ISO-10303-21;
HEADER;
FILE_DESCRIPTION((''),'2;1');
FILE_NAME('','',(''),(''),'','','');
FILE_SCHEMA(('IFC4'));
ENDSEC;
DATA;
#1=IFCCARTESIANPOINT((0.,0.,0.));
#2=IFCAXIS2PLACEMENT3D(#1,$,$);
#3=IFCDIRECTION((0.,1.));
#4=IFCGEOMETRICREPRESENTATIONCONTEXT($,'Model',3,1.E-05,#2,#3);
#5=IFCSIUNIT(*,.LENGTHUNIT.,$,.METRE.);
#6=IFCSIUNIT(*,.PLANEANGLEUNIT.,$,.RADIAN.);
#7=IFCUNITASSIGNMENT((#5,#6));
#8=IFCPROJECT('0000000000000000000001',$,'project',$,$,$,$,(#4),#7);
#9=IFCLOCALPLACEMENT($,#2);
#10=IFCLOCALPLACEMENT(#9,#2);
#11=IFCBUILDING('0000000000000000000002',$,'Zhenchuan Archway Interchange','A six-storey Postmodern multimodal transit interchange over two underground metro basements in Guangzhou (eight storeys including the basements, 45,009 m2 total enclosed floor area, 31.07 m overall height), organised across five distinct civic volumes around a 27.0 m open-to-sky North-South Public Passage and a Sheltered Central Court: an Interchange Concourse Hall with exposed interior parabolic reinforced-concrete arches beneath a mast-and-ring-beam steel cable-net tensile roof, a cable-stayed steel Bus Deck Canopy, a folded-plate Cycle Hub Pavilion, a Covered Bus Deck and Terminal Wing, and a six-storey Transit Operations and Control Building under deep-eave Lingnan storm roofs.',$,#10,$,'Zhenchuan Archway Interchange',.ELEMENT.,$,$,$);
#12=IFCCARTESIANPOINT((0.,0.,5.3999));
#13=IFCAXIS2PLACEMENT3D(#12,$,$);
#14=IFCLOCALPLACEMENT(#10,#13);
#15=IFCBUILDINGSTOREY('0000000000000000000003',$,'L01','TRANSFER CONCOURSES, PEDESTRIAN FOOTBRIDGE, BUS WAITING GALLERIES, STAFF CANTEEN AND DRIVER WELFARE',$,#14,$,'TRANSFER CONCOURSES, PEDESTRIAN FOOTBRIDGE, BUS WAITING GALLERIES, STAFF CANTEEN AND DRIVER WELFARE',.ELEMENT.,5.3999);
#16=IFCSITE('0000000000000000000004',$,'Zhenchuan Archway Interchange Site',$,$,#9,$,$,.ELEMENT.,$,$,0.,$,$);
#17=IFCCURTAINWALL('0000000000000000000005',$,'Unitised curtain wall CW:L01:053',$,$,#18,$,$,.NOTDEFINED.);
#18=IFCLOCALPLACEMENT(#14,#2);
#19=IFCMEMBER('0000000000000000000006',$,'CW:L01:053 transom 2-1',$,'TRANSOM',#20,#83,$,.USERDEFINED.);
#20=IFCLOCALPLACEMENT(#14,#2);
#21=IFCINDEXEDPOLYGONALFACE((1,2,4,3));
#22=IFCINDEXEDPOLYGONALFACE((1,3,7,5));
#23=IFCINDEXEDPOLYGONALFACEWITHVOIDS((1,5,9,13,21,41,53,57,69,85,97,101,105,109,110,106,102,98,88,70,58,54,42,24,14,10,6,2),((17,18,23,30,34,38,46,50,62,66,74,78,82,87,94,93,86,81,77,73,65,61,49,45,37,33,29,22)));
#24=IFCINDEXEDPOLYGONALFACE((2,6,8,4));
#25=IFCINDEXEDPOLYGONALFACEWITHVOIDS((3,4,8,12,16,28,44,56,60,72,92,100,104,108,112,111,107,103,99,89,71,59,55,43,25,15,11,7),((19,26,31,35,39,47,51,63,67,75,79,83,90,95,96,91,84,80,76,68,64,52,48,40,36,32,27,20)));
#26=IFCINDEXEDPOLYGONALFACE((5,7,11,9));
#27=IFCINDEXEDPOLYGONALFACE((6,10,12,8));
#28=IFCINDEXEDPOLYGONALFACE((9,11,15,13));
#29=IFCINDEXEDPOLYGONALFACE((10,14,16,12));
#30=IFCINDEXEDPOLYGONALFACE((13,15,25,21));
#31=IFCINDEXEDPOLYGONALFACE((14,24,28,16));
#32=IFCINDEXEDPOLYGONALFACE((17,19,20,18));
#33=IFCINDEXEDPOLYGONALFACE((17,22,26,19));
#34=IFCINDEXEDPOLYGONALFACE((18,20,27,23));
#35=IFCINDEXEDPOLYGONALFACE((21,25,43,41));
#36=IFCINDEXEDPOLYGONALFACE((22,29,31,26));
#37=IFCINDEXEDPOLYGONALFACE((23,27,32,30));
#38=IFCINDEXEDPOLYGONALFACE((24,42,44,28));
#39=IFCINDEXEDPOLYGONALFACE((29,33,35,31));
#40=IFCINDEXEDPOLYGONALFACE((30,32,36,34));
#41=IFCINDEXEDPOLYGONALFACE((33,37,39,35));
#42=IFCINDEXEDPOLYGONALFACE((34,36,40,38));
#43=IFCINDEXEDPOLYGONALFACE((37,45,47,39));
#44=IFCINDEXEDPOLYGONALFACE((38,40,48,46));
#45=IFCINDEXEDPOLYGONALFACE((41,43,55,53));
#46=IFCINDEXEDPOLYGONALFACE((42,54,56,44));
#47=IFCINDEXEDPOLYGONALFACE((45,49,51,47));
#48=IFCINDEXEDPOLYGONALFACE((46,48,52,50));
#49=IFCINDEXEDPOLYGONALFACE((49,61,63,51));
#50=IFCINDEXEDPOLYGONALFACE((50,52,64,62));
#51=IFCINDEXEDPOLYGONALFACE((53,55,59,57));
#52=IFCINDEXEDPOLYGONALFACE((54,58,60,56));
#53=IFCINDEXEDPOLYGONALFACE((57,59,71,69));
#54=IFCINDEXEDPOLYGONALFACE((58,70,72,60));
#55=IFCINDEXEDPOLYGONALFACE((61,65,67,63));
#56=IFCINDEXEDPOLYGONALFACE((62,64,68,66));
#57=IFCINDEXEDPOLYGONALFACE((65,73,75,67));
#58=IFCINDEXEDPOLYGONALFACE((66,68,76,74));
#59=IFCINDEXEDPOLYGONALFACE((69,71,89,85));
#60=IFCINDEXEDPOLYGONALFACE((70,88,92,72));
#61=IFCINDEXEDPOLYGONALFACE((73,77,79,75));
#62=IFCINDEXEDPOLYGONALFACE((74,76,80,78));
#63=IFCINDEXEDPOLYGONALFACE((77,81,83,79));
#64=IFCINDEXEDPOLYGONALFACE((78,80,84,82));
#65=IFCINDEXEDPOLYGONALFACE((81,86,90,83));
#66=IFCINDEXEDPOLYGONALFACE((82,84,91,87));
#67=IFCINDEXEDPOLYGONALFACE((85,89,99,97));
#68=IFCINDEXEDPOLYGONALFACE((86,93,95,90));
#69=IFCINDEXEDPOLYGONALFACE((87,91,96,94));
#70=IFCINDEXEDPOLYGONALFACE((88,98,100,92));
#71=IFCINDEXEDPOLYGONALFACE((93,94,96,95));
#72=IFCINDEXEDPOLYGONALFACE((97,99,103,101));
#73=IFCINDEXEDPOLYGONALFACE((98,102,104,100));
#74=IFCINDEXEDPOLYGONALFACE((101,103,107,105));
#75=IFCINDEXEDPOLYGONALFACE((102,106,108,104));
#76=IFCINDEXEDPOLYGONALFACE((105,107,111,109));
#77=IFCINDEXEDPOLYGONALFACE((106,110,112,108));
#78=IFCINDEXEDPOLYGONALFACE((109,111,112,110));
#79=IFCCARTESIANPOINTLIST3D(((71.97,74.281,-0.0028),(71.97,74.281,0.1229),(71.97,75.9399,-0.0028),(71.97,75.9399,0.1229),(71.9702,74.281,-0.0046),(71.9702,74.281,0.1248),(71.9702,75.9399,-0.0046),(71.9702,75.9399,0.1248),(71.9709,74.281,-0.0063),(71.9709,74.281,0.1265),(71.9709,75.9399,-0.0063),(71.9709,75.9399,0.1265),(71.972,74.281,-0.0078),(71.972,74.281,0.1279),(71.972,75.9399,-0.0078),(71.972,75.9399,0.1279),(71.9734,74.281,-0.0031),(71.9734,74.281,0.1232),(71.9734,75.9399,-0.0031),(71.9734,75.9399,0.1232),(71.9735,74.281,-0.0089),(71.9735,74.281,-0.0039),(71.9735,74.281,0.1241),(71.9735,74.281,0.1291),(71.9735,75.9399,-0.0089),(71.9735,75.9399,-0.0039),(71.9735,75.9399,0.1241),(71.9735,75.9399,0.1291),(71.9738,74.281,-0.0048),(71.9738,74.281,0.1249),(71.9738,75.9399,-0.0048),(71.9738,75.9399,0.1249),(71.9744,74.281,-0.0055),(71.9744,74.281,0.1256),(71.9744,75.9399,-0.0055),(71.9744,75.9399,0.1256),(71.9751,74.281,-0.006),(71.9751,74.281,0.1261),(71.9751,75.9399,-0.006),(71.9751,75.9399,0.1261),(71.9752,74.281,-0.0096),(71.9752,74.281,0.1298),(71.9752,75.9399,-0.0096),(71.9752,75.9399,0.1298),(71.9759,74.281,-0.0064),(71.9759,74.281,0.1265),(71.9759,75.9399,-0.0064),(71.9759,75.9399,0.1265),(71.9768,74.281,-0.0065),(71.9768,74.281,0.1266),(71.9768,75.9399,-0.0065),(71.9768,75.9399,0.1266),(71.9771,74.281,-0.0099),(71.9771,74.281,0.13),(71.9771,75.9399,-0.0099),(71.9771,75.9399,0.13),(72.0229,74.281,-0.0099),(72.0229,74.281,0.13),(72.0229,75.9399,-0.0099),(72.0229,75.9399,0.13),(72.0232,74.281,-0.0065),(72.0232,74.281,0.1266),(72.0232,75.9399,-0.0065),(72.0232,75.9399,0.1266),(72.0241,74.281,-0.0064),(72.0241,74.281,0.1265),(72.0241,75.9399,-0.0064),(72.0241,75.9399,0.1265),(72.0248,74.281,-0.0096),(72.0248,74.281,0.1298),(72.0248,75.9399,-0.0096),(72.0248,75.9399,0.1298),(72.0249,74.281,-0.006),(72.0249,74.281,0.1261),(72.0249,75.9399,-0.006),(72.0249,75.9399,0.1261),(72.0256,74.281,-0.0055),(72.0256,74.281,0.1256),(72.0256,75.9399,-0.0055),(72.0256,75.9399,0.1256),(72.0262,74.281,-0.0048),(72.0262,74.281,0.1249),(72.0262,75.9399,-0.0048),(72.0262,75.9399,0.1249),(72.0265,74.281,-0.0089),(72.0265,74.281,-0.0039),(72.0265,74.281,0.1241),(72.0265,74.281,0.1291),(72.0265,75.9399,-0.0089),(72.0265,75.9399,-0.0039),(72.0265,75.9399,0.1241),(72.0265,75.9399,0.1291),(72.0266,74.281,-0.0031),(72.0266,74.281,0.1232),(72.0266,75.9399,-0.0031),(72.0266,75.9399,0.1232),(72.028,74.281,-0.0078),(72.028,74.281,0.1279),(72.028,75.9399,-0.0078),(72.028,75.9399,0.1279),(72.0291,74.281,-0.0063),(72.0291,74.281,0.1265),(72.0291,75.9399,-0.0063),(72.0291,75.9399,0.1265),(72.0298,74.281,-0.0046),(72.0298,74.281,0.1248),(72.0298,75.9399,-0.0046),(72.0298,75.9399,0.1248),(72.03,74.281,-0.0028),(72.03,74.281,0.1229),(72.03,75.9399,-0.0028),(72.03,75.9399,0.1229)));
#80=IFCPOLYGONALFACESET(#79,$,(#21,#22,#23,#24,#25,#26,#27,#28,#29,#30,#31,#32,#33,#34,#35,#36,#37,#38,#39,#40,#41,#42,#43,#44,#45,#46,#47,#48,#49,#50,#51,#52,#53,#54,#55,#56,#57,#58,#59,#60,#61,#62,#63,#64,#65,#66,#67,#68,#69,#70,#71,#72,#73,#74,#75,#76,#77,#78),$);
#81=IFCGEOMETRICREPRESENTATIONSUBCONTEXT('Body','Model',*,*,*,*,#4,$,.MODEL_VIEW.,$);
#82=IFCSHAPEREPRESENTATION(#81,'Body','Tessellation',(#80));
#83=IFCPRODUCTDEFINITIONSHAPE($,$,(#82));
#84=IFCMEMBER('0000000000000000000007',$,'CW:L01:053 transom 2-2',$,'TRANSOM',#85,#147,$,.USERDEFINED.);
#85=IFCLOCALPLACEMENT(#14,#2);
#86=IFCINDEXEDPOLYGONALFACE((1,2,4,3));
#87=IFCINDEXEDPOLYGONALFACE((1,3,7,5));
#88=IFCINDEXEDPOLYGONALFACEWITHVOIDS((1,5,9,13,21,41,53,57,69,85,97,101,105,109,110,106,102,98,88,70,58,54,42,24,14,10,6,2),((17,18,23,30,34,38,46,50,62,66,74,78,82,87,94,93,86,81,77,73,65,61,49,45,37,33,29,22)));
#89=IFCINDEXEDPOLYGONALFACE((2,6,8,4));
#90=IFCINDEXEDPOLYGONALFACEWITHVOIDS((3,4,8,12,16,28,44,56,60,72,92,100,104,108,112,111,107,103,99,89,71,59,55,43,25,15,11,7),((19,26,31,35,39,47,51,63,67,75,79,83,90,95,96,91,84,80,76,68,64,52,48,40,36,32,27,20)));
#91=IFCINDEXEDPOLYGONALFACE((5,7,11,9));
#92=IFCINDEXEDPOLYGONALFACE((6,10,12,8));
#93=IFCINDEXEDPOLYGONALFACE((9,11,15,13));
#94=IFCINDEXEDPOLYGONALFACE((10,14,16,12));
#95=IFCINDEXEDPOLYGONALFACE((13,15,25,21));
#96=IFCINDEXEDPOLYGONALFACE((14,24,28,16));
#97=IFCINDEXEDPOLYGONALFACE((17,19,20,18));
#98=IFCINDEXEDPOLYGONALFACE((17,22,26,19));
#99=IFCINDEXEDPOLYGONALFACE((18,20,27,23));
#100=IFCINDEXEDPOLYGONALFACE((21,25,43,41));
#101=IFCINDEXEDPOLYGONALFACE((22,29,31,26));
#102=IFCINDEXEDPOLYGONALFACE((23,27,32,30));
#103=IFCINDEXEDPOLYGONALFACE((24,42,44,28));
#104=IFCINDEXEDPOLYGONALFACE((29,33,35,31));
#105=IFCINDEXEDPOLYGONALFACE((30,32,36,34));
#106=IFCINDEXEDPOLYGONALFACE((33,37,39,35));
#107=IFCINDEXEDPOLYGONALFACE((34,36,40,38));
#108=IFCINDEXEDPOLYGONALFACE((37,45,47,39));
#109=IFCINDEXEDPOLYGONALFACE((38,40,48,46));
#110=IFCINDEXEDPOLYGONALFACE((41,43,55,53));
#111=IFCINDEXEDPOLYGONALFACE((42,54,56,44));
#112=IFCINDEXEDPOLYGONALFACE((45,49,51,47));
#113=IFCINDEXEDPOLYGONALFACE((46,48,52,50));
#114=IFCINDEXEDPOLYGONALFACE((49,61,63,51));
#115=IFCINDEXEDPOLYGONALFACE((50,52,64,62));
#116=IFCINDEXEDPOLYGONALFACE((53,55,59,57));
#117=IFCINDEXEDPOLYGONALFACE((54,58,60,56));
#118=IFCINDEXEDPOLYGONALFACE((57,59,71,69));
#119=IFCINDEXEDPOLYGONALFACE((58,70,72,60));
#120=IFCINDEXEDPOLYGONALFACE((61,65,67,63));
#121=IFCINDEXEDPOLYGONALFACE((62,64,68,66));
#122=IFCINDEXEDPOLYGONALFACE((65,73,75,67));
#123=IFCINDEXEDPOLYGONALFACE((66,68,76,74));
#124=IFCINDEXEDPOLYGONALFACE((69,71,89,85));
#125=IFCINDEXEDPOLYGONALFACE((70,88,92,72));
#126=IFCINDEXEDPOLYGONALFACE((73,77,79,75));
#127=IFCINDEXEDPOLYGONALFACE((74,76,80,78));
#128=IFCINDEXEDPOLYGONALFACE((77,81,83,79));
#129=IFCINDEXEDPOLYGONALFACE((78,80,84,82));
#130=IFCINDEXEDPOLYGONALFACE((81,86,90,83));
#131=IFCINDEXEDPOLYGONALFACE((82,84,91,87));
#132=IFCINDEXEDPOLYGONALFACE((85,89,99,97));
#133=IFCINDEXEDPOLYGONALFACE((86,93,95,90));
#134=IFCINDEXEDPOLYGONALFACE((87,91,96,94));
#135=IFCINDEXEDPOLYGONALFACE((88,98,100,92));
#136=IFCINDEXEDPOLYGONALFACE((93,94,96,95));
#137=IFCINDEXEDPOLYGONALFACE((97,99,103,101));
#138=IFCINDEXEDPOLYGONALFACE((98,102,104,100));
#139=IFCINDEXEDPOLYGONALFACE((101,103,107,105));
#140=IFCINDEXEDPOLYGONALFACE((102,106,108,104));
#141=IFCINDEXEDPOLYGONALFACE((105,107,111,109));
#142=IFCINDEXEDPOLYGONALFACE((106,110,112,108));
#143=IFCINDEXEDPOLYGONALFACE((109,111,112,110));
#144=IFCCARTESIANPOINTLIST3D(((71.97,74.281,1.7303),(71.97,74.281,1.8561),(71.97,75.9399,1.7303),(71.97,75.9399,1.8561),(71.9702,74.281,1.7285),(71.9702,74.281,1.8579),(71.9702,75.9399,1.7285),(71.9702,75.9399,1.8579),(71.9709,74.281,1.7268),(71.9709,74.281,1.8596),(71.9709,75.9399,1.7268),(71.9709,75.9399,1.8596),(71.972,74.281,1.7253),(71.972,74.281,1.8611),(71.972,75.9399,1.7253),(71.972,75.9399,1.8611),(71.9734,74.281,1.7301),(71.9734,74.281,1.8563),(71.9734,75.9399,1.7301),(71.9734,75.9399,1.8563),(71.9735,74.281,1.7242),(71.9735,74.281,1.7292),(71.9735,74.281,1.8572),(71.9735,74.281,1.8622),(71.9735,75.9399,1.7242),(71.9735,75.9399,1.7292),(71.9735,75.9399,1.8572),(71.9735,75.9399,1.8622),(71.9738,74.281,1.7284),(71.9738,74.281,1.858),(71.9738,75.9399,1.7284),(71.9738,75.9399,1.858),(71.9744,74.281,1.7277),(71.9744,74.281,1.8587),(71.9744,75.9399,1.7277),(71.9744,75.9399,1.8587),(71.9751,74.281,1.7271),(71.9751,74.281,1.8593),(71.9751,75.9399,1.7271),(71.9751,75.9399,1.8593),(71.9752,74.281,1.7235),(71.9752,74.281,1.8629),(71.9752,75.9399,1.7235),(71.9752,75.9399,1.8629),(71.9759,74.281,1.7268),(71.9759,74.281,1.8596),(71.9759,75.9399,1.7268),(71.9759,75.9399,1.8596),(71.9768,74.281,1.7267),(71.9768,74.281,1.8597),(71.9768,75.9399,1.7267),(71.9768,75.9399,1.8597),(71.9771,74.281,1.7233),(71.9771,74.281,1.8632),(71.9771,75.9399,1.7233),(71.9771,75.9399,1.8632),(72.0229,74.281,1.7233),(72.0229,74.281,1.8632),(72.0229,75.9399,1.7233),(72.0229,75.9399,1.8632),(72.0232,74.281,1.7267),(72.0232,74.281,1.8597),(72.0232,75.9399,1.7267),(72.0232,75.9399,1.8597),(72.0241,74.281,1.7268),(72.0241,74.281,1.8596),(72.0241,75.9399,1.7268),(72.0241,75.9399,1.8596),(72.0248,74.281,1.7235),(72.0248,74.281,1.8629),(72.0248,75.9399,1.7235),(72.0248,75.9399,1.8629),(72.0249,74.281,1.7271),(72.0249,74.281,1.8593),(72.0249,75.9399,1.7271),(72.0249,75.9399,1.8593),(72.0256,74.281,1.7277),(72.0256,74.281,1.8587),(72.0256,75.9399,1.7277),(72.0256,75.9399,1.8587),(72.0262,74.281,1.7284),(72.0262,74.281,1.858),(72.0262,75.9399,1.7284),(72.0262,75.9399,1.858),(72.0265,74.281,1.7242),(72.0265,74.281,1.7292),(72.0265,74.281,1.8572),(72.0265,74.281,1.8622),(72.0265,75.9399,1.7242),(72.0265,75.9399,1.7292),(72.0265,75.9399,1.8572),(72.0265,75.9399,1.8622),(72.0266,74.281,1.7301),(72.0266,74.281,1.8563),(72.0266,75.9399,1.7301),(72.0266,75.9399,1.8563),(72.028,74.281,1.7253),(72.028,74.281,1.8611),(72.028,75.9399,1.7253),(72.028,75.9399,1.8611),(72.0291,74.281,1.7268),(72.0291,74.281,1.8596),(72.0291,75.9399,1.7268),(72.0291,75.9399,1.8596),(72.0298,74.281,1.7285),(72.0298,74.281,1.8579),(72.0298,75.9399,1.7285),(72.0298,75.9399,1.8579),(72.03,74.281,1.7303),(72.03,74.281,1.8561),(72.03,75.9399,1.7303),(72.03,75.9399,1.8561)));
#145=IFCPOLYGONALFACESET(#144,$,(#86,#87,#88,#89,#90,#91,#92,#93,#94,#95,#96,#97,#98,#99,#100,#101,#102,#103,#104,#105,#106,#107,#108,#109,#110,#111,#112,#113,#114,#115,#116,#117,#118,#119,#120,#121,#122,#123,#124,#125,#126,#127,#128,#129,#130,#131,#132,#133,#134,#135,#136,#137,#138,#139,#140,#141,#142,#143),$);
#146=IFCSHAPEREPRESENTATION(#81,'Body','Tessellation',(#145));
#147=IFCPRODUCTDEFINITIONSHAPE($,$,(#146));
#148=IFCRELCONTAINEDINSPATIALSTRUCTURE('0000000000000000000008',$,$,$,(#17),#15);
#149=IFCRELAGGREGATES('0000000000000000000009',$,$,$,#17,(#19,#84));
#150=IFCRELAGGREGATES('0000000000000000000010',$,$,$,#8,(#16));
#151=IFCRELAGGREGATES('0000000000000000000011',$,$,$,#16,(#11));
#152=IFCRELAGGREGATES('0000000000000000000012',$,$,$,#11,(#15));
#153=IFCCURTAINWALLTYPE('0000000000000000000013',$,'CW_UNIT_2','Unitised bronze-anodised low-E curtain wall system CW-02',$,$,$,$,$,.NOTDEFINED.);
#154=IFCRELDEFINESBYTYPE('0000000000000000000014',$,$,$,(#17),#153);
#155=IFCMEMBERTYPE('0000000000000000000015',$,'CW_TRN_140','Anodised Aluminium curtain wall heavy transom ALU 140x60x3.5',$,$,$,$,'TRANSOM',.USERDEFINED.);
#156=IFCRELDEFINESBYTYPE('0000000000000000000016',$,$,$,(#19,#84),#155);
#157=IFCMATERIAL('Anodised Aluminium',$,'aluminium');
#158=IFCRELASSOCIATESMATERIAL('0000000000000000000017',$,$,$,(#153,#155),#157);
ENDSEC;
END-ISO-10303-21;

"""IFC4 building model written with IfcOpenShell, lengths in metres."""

from ifc_helpers import new_model, si_unit, direction, frame, origin, origin_2d, place, context, subcontext, project, spatial, hollow_rectangle, extrude, material, material_profile, profile_set, type_object, element, aggregate, save


model = new_model("IFC4")

# Units and contexts
model_context = context("Model", 3, precision=1e-05, world=origin(), true_north=direction((0.0, 1.0)))
body_context = subcontext(model_context, "Body", "Model", "MODEL_VIEW")
ifc_project = project(units=[si_unit("LENGTHUNIT", "METRE"), si_unit("PLANEANGLEUNIT", "RADIAN")], contexts=[model_context])

# Site, building, storey
site_placement = place(None, origin())
site = spatial("IfcSite", under=ifc_project, at=site_placement, Name="Zhenchuan Archway Interchange Site", CompositionType="ELEMENT", RefElevation=0.0)
building_placement = place(site_placement, origin())
building = spatial("IfcBuilding", under=site, at=building_placement, Name="Zhenchuan Archway Interchange", Description="A six-storey Postmodern multimodal transit interchange over two underground metro basements in Guangzhou (eight storeys including the basements, 45,009 m2 total enclosed floor area, 31.07 m overall height), organised across five distinct civic volumes around a 27.0 m open-to-sky North-South Public Passage and a Sheltered Central Court: an Interchange Concourse Hall with exposed interior parabolic reinforced-concrete arches beneath a mast-and-ring-beam steel cable-net tensile roof, a cable-stayed steel Bus Deck Canopy, a folded-plate Cycle Hub Pavilion, a Covered Bus Deck and Terminal Wing, and a six-storey Transit Operations and Control Building under deep-eave Lingnan storm roofs.", LongName="Zhenchuan Archway Interchange", CompositionType="ELEMENT")
storey_placement = place(building_placement, frame((0.0, 0.0, 5.3999)))
storey = spatial("IfcBuildingStorey", under=building, at=storey_placement, Name="L01", Description="TRANSFER CONCOURSES, PEDESTRIAN FOOTBRIDGE, BUS WAITING GALLERIES, STAFF CANTEEN AND DRIVER WELFARE", LongName="TRANSFER CONCOURSES, PEDESTRIAN FOOTBRIDGE, BUS WAITING GALLERIES, STAFF CANTEEN AND DRIVER WELFARE", CompositionType="ELEMENT", Elevation=5.3999)

# Curtain wall, members
ifc_material_1 = material(Name="Anodised Aluminium", Category="aluminium")
curtain_wall_type = type_object("IfcCurtainWallType", Name="CW_UNIT_2", Description="Unitised bronze-anodised low-E curtain wall system CW-02", PredefinedType="NOTDEFINED", material=ifc_material_1)
curtain_wall_placement = place(storey_placement, origin())
curtain_wall = element("IfcCurtainWall", 1, at=curtain_wall_placement, inside=storey, type_object=curtain_wall_type, Name="Unitised curtain wall CW:L01:053", PredefinedType="NOTDEFINED")
ifc_material_profile_1 = material_profile(ifc_material_1, hollow_rectangle(XDim=0.0601, YDim=0.1399, WallThickness=0.0034, InnerFilletRadius=0.0034, OuterFilletRadius=0.0071, at=origin_2d()), Name="ALU 140x60x3.5")
ifc_profile_set_1 = profile_set([ifc_material_profile_1], Name="Anodised Aluminium")
member_type_1 = type_object("IfcMemberType", Name="CW_TRN_140", Description="Anodised Aluminium curtain wall heavy transom ALU 140x60x3.5", ElementType="TRANSOM", PredefinedType="USERDEFINED", material=ifc_profile_set_1)
member_1_placement = place(storey_placement, frame((72.0, 75.9399, 0.0601), z_axis=(0.0, -1.0, 0.0), x_axis=(1.0, 0.0, 0.0)))
member_1 = element("IfcMember", 2, at=member_1_placement, type_object=member_type_1, Name="CW:L01:053 transom 2-1", ObjectType="TRANSOM", PredefinedType="USERDEFINED", context=body_context, shape_type="SweptSolid", body=[
    extrude(hollow_rectangle(XDim=0.0601, YDim=0.1399, WallThickness=0.0034, InnerFilletRadius=0.0034, OuterFilletRadius=0.0071, at=origin_2d()), origin(), (0.0, 0.0, 1.0), 1.6589),
])
member_2_placement = place(storey_placement, frame((72.0, 75.9399, 1.7932), z_axis=(0.0, -1.0, 0.0), x_axis=(1.0, 0.0, 0.0)))
member_2 = element("IfcMember", 3, at=member_2_placement, type_object=member_type_1, Name="CW:L01:053 transom 2-2", ObjectType="TRANSOM", PredefinedType="USERDEFINED", context=body_context, shape_type="SweptSolid", body=[
    extrude(hollow_rectangle(XDim=0.0601, YDim=0.1399, WallThickness=0.0034, InnerFilletRadius=0.0034, OuterFilletRadius=0.0071, at=origin_2d()), origin(), (0.0, 0.0, 1.0), 1.6589),
])

aggregate(curtain_wall, [member_1, member_2])

save(model, "model.ifc")
